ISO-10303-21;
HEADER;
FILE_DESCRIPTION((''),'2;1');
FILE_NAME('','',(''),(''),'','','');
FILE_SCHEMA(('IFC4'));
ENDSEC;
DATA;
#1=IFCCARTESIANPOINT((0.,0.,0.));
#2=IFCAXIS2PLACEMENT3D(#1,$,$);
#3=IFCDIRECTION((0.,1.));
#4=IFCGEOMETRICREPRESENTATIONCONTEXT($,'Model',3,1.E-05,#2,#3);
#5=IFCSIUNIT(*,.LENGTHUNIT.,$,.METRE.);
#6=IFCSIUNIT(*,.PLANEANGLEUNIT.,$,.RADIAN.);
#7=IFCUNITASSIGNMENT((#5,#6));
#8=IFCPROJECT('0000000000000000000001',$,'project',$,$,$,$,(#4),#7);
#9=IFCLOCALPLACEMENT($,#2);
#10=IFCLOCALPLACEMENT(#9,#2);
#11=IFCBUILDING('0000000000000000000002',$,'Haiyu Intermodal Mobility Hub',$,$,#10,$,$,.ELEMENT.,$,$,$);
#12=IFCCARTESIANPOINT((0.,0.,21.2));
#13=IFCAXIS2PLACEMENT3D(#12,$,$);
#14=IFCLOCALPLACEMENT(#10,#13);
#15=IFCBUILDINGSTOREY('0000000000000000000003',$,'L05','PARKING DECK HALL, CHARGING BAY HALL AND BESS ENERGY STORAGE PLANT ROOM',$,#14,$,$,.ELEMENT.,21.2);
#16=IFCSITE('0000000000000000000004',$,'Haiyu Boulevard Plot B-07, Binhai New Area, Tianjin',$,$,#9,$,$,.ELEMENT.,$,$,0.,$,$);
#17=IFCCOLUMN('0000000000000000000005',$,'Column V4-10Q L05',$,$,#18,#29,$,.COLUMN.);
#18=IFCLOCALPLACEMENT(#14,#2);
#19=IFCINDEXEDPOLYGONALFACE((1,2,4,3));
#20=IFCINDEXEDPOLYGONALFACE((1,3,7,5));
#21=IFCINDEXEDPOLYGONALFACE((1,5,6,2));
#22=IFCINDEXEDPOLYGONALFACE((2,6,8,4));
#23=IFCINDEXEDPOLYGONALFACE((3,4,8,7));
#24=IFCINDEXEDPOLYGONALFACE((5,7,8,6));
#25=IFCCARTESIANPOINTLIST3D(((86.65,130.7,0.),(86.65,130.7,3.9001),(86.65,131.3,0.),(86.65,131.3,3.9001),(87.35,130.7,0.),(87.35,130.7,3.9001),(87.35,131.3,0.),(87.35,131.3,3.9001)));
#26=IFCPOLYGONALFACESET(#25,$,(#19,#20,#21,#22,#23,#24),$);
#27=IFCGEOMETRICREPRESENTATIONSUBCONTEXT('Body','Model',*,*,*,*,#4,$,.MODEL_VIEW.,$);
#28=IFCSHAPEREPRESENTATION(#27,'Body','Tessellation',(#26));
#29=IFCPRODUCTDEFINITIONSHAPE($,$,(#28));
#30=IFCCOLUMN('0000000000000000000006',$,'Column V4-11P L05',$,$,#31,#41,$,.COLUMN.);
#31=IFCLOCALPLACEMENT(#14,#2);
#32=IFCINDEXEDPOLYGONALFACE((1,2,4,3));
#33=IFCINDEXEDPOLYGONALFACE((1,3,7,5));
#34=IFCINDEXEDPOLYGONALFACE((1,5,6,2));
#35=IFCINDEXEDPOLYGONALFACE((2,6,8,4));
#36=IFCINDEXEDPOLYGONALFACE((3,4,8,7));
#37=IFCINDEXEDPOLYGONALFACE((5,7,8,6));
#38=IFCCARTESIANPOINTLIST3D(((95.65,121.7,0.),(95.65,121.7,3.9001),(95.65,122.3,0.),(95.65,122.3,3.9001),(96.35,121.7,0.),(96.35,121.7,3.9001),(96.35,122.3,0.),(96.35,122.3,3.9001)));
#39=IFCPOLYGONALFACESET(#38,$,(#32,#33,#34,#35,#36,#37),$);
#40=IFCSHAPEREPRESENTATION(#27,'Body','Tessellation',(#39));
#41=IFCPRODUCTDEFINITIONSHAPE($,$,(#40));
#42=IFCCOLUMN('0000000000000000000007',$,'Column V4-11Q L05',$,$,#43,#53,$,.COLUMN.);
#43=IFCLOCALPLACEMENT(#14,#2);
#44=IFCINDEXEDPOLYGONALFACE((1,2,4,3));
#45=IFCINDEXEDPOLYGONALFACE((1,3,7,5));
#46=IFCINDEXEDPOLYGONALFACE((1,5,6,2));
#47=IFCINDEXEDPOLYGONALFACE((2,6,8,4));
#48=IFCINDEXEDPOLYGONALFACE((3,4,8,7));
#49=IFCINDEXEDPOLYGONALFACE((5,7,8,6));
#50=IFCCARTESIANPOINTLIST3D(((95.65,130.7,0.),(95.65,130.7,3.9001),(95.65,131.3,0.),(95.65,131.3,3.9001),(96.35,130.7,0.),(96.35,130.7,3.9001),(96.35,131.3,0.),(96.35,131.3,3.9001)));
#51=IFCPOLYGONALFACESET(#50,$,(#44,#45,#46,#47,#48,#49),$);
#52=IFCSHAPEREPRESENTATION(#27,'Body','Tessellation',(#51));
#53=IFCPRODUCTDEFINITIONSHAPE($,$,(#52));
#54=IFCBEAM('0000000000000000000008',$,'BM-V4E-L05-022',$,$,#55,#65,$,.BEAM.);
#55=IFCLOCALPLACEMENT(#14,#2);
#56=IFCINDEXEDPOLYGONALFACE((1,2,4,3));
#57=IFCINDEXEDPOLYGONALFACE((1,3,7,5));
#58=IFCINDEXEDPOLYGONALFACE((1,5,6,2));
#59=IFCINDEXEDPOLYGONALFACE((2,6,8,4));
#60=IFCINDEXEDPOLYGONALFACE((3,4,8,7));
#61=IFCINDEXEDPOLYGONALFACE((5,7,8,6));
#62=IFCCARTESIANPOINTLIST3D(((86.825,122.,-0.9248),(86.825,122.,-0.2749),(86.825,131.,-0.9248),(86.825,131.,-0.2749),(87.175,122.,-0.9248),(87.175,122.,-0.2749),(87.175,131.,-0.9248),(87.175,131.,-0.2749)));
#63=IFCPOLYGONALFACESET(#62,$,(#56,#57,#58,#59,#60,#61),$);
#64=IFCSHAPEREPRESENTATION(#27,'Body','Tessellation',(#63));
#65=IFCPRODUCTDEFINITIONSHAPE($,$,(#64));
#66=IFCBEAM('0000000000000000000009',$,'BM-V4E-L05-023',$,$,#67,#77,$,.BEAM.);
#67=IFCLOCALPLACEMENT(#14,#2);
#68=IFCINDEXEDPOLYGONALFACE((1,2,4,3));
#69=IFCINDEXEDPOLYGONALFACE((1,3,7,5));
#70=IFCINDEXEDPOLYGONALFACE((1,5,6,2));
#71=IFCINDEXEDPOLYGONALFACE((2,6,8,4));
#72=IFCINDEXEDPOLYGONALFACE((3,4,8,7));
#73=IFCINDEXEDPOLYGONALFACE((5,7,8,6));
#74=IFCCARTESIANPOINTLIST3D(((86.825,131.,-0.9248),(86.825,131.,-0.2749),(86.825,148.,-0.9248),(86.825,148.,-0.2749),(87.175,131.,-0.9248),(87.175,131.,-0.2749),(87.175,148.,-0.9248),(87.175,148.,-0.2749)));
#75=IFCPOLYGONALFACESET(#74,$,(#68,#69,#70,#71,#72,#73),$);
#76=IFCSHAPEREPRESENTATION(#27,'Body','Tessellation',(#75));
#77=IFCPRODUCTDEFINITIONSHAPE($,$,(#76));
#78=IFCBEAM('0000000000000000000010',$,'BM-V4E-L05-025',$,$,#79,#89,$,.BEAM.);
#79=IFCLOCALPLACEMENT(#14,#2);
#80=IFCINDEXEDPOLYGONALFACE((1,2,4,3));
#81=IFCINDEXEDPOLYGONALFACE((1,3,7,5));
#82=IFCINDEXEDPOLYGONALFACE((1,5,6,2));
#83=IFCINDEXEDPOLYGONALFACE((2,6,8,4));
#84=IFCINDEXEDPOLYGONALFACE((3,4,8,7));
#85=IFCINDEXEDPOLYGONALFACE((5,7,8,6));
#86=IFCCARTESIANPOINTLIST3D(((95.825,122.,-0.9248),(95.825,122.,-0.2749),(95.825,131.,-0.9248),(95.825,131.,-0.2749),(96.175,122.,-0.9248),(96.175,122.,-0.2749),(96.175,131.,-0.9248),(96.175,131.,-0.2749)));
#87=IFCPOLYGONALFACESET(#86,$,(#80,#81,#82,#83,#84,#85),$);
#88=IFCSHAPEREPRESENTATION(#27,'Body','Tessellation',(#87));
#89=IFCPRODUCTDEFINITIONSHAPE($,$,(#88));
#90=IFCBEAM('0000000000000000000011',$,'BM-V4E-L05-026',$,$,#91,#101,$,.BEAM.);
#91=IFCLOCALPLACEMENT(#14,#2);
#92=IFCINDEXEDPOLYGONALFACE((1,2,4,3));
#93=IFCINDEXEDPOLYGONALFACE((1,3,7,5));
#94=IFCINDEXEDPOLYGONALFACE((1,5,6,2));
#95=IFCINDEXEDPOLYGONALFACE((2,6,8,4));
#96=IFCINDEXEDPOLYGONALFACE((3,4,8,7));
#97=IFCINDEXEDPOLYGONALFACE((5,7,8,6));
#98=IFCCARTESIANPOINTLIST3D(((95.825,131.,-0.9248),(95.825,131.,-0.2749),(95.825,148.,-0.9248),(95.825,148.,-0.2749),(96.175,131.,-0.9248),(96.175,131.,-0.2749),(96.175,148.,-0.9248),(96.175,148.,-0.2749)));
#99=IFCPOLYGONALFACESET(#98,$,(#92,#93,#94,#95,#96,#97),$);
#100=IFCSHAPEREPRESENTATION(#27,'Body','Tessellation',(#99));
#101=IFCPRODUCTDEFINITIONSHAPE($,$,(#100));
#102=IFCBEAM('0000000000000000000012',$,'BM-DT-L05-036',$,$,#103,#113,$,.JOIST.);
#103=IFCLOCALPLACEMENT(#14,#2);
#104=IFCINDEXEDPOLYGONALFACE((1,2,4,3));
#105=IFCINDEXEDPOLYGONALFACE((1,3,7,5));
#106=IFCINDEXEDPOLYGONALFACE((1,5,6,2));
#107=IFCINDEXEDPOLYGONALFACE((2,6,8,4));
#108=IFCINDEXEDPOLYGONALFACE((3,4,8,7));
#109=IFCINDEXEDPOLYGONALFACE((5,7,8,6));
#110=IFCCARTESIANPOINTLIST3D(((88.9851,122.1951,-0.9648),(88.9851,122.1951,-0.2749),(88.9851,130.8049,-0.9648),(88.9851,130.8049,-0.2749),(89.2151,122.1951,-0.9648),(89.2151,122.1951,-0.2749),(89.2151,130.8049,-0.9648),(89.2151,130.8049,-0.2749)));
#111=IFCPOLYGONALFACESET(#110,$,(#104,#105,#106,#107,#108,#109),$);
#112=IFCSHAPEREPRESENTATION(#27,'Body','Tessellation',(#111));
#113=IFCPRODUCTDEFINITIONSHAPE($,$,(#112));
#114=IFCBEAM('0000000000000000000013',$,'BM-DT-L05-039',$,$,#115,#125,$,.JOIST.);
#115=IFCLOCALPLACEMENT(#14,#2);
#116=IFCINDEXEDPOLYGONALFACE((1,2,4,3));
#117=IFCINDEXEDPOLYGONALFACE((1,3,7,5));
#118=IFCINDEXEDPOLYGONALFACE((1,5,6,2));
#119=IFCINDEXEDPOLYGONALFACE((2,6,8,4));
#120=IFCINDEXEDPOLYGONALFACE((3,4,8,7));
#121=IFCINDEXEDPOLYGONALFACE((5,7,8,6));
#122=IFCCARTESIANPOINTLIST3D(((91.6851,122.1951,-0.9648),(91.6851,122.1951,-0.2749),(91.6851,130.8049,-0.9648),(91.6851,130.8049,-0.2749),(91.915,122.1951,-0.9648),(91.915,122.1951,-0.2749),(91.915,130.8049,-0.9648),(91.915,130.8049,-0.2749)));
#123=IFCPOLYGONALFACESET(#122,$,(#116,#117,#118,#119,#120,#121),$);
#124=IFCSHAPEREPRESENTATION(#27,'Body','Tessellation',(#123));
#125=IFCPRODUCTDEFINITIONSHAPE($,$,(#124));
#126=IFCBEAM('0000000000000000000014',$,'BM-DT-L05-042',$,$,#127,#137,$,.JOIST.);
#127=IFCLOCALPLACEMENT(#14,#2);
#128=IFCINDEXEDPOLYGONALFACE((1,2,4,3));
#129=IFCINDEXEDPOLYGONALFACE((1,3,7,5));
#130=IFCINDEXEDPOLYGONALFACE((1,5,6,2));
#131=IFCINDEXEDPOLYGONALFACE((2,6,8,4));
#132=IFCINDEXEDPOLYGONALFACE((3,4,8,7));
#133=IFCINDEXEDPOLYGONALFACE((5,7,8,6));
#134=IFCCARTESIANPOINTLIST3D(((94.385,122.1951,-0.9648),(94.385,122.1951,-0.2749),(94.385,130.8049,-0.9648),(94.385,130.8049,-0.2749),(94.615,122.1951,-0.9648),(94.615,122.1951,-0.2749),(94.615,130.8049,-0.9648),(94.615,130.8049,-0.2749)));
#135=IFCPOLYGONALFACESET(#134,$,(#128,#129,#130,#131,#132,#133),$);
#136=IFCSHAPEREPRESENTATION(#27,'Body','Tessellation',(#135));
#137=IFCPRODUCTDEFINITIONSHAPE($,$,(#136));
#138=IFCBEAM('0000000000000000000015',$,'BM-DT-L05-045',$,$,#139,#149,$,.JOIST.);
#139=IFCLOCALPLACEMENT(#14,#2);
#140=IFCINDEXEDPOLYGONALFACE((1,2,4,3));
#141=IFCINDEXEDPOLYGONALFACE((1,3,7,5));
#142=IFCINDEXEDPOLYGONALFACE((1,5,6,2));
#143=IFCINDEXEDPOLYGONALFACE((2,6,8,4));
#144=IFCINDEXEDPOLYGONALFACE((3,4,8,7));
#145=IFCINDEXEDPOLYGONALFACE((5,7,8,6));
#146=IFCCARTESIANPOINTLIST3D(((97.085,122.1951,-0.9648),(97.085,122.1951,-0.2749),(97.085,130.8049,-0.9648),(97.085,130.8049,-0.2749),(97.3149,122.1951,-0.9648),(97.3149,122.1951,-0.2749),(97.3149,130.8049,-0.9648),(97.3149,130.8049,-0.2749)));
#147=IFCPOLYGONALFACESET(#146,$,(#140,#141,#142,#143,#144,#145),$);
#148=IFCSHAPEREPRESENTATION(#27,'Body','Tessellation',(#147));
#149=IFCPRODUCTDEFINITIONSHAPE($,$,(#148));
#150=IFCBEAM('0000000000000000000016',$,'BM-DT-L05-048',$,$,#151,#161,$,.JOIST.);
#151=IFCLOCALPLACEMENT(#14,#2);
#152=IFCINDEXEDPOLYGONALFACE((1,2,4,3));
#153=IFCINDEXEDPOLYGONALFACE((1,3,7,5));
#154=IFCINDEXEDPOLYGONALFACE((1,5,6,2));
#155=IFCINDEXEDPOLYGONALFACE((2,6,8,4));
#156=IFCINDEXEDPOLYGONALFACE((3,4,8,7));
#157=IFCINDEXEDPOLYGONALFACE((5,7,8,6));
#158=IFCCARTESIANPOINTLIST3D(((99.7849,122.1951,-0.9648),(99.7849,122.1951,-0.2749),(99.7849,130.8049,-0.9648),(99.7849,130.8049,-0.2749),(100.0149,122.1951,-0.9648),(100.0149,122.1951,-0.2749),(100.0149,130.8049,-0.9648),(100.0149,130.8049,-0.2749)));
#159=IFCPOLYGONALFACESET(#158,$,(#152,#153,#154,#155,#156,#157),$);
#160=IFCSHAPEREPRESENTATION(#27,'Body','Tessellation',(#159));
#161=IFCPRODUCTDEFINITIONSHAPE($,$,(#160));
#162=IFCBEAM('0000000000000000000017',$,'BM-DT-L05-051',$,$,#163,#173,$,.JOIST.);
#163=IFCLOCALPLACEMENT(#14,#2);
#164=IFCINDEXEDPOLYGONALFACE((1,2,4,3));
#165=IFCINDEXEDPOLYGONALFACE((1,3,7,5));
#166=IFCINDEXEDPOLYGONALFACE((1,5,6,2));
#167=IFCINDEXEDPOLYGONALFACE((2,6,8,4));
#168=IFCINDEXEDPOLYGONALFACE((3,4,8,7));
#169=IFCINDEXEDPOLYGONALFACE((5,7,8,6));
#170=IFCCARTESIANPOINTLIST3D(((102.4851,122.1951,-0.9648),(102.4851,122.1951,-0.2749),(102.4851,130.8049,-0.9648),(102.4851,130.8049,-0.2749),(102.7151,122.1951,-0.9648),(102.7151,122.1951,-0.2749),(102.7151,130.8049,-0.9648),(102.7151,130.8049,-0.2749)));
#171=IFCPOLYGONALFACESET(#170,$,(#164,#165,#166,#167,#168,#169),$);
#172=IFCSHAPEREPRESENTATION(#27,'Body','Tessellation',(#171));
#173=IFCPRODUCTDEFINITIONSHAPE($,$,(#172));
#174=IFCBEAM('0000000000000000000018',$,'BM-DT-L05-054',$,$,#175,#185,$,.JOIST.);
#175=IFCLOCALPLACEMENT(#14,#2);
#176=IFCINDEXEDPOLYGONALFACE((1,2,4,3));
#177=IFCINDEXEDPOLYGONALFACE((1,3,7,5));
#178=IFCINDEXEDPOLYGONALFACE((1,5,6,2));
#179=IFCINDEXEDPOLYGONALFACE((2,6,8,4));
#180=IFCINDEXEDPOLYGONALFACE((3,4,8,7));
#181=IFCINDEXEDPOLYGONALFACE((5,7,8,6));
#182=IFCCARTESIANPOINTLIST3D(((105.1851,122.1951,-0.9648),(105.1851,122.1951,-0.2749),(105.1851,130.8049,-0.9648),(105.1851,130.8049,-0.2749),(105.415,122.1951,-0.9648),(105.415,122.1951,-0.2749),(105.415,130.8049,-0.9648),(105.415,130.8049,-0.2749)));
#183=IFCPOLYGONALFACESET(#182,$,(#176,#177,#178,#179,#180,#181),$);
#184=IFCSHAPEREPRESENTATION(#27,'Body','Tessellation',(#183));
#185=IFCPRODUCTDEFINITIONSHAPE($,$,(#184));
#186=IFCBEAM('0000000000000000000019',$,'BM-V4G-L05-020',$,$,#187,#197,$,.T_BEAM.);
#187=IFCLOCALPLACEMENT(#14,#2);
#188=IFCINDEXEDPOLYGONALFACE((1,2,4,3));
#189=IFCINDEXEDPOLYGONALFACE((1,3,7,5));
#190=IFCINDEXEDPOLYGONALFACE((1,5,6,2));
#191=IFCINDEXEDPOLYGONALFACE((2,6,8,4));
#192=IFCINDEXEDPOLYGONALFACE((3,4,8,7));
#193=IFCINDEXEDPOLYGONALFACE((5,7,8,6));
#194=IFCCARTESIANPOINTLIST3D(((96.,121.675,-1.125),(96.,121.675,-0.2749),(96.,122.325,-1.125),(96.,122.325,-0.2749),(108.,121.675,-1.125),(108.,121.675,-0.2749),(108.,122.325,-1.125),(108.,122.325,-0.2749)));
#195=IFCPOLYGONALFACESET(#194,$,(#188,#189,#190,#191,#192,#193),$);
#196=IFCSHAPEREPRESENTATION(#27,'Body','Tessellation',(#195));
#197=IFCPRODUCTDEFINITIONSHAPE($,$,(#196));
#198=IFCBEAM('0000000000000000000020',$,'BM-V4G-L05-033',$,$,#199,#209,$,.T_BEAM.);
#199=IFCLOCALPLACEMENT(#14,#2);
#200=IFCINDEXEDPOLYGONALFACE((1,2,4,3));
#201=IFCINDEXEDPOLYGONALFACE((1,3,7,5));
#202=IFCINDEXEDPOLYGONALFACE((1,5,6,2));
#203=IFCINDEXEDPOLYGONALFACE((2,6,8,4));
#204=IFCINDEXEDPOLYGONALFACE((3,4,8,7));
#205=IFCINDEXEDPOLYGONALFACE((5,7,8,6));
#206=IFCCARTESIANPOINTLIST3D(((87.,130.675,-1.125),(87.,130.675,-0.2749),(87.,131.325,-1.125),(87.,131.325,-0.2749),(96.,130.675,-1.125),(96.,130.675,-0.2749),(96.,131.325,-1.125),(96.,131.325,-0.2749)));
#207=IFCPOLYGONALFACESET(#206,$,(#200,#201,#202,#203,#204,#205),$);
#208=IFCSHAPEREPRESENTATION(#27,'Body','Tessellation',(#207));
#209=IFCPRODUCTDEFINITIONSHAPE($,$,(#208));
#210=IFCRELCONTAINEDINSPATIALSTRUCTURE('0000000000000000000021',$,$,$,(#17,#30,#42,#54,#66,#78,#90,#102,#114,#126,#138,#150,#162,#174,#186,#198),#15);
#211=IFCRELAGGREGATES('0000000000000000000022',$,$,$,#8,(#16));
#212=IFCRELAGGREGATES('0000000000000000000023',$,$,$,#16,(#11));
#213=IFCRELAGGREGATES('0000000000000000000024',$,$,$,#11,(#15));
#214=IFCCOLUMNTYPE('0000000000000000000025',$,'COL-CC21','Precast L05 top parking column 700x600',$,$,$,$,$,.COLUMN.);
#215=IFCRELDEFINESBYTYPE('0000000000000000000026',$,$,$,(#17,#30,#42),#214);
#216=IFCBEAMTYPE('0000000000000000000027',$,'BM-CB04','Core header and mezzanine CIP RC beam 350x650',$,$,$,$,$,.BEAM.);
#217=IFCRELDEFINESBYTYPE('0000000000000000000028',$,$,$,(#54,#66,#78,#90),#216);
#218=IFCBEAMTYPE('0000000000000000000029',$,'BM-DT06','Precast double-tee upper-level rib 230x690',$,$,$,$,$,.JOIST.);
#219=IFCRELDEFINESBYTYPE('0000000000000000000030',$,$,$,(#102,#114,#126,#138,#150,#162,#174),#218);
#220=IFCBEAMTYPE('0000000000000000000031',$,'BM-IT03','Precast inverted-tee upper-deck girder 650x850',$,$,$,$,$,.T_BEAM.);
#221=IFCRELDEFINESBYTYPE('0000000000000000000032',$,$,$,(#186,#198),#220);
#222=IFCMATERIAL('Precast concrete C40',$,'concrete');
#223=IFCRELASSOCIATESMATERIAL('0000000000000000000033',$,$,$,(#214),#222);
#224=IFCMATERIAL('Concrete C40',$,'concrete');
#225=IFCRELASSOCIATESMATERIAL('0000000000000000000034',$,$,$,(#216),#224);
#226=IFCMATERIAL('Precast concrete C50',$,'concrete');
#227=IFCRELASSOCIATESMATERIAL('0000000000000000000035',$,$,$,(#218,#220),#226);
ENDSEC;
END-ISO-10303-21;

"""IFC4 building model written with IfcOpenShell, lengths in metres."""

from ifc_helpers import new_model, si_unit, direction, frame, origin, origin_2d, place, context, subcontext, project, spatial, rectangle, extrude, material, material_profile, profile_set, type_object, element, save


model = new_model("IFC4")

# Units and contexts
model_context = context("Model", 3, precision=1e-05, world=origin(), true_north=direction((0.0, 1.0)))
body_context = subcontext(model_context, "Body", "Model", "MODEL_VIEW")
ifc_project = project(units=[si_unit("LENGTHUNIT", "METRE"), si_unit("PLANEANGLEUNIT", "RADIAN")], contexts=[model_context])

# Site, building, storey
site_placement = place(None, origin())
site = spatial("IfcSite", under=ifc_project, at=site_placement, Name="Haiyu Boulevard Plot B-07, Binhai New Area, Tianjin", CompositionType="ELEMENT", RefElevation=0.0)
building_placement = place(site_placement, origin())
building = spatial("IfcBuilding", under=site, at=building_placement, Name="Haiyu Intermodal Mobility Hub", CompositionType="ELEMENT")
storey_placement = place(building_placement, frame((0.0, 0.0, 21.2)))
storey = spatial("IfcBuildingStorey", under=building, at=storey_placement, Name="L05", Description="PARKING DECK HALL, CHARGING BAY HALL AND BESS ENERGY STORAGE PLANT ROOM", CompositionType="ELEMENT", Elevation=21.2)

# Columns
ifc_material_1 = material(Name="Precast concrete C40", Category="concrete")
ifc_material_profile_1 = material_profile(ifc_material_1, rectangle(XDim=0.7, YDim=0.6001, at=origin_2d()), Name="C700x600")
ifc_profile_set_1 = profile_set([ifc_material_profile_1], Name="Precast concrete C40")
column_type = type_object("IfcColumnType", Name="COL-CC21", Description="Precast L05 top parking column 700x600", PredefinedType="COLUMN", material=ifc_profile_set_1)
for number, where, z_axis, x_axis, name in (
    (1, (87.0, 131.0, 0.0), (0.0, 0.0, 1.0), (1.0, 0.0, 0.0), "Column V4-10Q L05"),
    (2, (96.0, 122.0, 0.0), (0.0, 0.0, 1.0), (1.0, 0.0, 0.0), "Column V4-11P L05"),
    (3, (96.0, 131.0, 0.0), (0.0, 0.0, 1.0), (1.0, 0.0, 0.0), "Column V4-11Q L05"),
):
    element("IfcColumn", number, at=place(storey_placement, frame(where, z_axis=z_axis, x_axis=x_axis)), inside=storey, type_object=column_type, Name=name, PredefinedType="COLUMN", context=body_context, shape_type="SweptSolid", body=[
        extrude(rectangle(XDim=0.7, YDim=0.6001, at=origin_2d()), origin(), (0.0, 0.0, 1.0), 3.9001),
    ])

# Beams
ifc_material_2 = material(Name="Concrete C40", Category="concrete")
ifc_material_profile_2 = material_profile(ifc_material_2, rectangle(XDim=0.3501, YDim=0.6499, at=origin_2d()), Name="RCB350x650")
ifc_profile_set_2 = profile_set([ifc_material_profile_2], Name="Concrete C40")
beam_type_1 = type_object("IfcBeamType", Name="BM-CB04", Description="Core header and mezzanine CIP RC beam 350x650", PredefinedType="BEAM", material=ifc_profile_set_2)
beam_1_placement = place(storey_placement, frame((87.0, 122.0, -0.5999), z_axis=(0.0, 1.0, 0.0), x_axis=(-1.0, 0.0, 0.0)))
element("IfcBeam", 4, at=beam_1_placement, inside=storey, type_object=beam_type_1, Name="BM-V4E-L05-022", PredefinedType="BEAM", context=body_context, shape_type="SweptSolid", body=[
    extrude(rectangle(XDim=0.3501, YDim=0.6499, at=origin_2d()), origin(), (0.0, 0.0, 1.0), 9.0),
])
beam_2_placement = place(storey_placement, frame((87.0, 131.0, -0.5999), z_axis=(0.0, 1.0, 0.0), x_axis=(-1.0, 0.0, 0.0)))
element("IfcBeam", 5, at=beam_2_placement, inside=storey, type_object=beam_type_1, Name="BM-V4E-L05-023", PredefinedType="BEAM", context=body_context, shape_type="SweptSolid", body=[
    extrude(rectangle(XDim=0.3501, YDim=0.6499, at=origin_2d()), origin(), (0.0, 0.0, 1.0), 17.0),
])
beam_3_placement = place(storey_placement, frame((96.0, 122.0, -0.5999), z_axis=(0.0, 1.0, 0.0), x_axis=(-1.0, 0.0, 0.0)))
element("IfcBeam", 6, at=beam_3_placement, inside=storey, type_object=beam_type_1, Name="BM-V4E-L05-025", PredefinedType="BEAM", context=body_context, shape_type="SweptSolid", body=[
    extrude(rectangle(XDim=0.3501, YDim=0.6499, at=origin_2d()), origin(), (0.0, 0.0, 1.0), 9.0),
])
beam_4_placement = place(storey_placement, frame((96.0, 131.0, -0.5999), z_axis=(0.0, 1.0, 0.0), x_axis=(-1.0, 0.0, 0.0)))
element("IfcBeam", 7, at=beam_4_placement, inside=storey, type_object=beam_type_1, Name="BM-V4E-L05-026", PredefinedType="BEAM", context=body_context, shape_type="SweptSolid", body=[
    extrude(rectangle(XDim=0.3501, YDim=0.6499, at=origin_2d()), origin(), (0.0, 0.0, 1.0), 17.0),
])
ifc_material_3 = material(Name="Precast concrete C50", Category="concrete")
ifc_material_profile_3 = material_profile(ifc_material_3, rectangle(XDim=0.23, YDim=0.6899, at=origin_2d()), Name="B230x690")
ifc_profile_set_3 = profile_set([ifc_material_profile_3], Name="Precast concrete C50")
beam_type_2 = type_object("IfcBeamType", Name="BM-DT06", Description="Precast double-tee upper-level rib 230x690", PredefinedType="JOIST", material=ifc_profile_set_3)
for number, where, z_axis, x_axis, name in (
    (8, (89.1001, 122.1951, -0.6199), (0.0, 1.0, 0.0), (-1.0, 0.0, 0.0), "BM-DT-L05-036"),
    (9, (91.8, 122.1951, -0.6199), (0.0, 1.0, 0.0), (-1.0, 0.0, 0.0), "BM-DT-L05-039"),
    (10, (94.5, 122.1951, -0.6199), (0.0, 1.0, 0.0), (-1.0, 0.0, 0.0), "BM-DT-L05-042"),
    (11, (97.2, 122.1951, -0.6199), (0.0, 1.0, 0.0), (-1.0, 0.0, 0.0), "BM-DT-L05-045"),
    (12, (99.8999, 122.1951, -0.6199), (0.0, 1.0, 0.0), (-1.0, 0.0, 0.0), "BM-DT-L05-048"),
    (13, (102.6001, 122.1951, -0.6199), (0.0, 1.0, 0.0), (-1.0, 0.0, 0.0), "BM-DT-L05-051"),
    (14, (105.3, 122.1951, -0.6199), (0.0, 1.0, 0.0), (-1.0, 0.0, 0.0), "BM-DT-L05-054"),
):
    element("IfcBeam", number, at=place(storey_placement, frame(where, z_axis=z_axis, x_axis=x_axis)), inside=storey, type_object=beam_type_2, Name=name, PredefinedType="JOIST", context=body_context, shape_type="SweptSolid", body=[
        extrude(rectangle(XDim=0.23, YDim=0.6899, at=origin_2d()), origin(), (0.0, 0.0, 1.0), 8.6099),
    ])
ifc_material_profile_4 = material_profile(ifc_material_3, rectangle(XDim=0.6499, YDim=0.8501, at=origin_2d()), Name="PC650x850")
ifc_profile_set_4 = profile_set([ifc_material_profile_4], Name="Precast concrete C50")
beam_type_3 = type_object("IfcBeamType", Name="BM-IT03", Description="Precast inverted-tee upper-deck girder 650x850", PredefinedType="T_BEAM", material=ifc_profile_set_4)
beam_5_placement = place(storey_placement, frame((96.0, 122.0, -0.7), z_axis=(1.0, 0.0, 0.0), x_axis=(0.0, 1.0, 0.0)))
element("IfcBeam", 15, at=beam_5_placement, inside=storey, type_object=beam_type_3, Name="BM-V4G-L05-020", PredefinedType="T_BEAM", context=body_context, shape_type="SweptSolid", body=[
    extrude(rectangle(XDim=0.6499, YDim=0.8501, at=origin_2d()), origin(), (0.0, 0.0, 1.0), 12.0),
])
beam_6_placement = place(storey_placement, frame((87.0, 131.0, -0.7), z_axis=(1.0, 0.0, 0.0), x_axis=(0.0, 1.0, 0.0)))
element("IfcBeam", 16, at=beam_6_placement, inside=storey, type_object=beam_type_3, Name="BM-V4G-L05-033", PredefinedType="T_BEAM", context=body_context, shape_type="SweptSolid", body=[
    extrude(rectangle(XDim=0.6499, YDim=0.8501, at=origin_2d()), origin(), (0.0, 0.0, 1.0), 9.0),
])

save(model, "model.ifc")
